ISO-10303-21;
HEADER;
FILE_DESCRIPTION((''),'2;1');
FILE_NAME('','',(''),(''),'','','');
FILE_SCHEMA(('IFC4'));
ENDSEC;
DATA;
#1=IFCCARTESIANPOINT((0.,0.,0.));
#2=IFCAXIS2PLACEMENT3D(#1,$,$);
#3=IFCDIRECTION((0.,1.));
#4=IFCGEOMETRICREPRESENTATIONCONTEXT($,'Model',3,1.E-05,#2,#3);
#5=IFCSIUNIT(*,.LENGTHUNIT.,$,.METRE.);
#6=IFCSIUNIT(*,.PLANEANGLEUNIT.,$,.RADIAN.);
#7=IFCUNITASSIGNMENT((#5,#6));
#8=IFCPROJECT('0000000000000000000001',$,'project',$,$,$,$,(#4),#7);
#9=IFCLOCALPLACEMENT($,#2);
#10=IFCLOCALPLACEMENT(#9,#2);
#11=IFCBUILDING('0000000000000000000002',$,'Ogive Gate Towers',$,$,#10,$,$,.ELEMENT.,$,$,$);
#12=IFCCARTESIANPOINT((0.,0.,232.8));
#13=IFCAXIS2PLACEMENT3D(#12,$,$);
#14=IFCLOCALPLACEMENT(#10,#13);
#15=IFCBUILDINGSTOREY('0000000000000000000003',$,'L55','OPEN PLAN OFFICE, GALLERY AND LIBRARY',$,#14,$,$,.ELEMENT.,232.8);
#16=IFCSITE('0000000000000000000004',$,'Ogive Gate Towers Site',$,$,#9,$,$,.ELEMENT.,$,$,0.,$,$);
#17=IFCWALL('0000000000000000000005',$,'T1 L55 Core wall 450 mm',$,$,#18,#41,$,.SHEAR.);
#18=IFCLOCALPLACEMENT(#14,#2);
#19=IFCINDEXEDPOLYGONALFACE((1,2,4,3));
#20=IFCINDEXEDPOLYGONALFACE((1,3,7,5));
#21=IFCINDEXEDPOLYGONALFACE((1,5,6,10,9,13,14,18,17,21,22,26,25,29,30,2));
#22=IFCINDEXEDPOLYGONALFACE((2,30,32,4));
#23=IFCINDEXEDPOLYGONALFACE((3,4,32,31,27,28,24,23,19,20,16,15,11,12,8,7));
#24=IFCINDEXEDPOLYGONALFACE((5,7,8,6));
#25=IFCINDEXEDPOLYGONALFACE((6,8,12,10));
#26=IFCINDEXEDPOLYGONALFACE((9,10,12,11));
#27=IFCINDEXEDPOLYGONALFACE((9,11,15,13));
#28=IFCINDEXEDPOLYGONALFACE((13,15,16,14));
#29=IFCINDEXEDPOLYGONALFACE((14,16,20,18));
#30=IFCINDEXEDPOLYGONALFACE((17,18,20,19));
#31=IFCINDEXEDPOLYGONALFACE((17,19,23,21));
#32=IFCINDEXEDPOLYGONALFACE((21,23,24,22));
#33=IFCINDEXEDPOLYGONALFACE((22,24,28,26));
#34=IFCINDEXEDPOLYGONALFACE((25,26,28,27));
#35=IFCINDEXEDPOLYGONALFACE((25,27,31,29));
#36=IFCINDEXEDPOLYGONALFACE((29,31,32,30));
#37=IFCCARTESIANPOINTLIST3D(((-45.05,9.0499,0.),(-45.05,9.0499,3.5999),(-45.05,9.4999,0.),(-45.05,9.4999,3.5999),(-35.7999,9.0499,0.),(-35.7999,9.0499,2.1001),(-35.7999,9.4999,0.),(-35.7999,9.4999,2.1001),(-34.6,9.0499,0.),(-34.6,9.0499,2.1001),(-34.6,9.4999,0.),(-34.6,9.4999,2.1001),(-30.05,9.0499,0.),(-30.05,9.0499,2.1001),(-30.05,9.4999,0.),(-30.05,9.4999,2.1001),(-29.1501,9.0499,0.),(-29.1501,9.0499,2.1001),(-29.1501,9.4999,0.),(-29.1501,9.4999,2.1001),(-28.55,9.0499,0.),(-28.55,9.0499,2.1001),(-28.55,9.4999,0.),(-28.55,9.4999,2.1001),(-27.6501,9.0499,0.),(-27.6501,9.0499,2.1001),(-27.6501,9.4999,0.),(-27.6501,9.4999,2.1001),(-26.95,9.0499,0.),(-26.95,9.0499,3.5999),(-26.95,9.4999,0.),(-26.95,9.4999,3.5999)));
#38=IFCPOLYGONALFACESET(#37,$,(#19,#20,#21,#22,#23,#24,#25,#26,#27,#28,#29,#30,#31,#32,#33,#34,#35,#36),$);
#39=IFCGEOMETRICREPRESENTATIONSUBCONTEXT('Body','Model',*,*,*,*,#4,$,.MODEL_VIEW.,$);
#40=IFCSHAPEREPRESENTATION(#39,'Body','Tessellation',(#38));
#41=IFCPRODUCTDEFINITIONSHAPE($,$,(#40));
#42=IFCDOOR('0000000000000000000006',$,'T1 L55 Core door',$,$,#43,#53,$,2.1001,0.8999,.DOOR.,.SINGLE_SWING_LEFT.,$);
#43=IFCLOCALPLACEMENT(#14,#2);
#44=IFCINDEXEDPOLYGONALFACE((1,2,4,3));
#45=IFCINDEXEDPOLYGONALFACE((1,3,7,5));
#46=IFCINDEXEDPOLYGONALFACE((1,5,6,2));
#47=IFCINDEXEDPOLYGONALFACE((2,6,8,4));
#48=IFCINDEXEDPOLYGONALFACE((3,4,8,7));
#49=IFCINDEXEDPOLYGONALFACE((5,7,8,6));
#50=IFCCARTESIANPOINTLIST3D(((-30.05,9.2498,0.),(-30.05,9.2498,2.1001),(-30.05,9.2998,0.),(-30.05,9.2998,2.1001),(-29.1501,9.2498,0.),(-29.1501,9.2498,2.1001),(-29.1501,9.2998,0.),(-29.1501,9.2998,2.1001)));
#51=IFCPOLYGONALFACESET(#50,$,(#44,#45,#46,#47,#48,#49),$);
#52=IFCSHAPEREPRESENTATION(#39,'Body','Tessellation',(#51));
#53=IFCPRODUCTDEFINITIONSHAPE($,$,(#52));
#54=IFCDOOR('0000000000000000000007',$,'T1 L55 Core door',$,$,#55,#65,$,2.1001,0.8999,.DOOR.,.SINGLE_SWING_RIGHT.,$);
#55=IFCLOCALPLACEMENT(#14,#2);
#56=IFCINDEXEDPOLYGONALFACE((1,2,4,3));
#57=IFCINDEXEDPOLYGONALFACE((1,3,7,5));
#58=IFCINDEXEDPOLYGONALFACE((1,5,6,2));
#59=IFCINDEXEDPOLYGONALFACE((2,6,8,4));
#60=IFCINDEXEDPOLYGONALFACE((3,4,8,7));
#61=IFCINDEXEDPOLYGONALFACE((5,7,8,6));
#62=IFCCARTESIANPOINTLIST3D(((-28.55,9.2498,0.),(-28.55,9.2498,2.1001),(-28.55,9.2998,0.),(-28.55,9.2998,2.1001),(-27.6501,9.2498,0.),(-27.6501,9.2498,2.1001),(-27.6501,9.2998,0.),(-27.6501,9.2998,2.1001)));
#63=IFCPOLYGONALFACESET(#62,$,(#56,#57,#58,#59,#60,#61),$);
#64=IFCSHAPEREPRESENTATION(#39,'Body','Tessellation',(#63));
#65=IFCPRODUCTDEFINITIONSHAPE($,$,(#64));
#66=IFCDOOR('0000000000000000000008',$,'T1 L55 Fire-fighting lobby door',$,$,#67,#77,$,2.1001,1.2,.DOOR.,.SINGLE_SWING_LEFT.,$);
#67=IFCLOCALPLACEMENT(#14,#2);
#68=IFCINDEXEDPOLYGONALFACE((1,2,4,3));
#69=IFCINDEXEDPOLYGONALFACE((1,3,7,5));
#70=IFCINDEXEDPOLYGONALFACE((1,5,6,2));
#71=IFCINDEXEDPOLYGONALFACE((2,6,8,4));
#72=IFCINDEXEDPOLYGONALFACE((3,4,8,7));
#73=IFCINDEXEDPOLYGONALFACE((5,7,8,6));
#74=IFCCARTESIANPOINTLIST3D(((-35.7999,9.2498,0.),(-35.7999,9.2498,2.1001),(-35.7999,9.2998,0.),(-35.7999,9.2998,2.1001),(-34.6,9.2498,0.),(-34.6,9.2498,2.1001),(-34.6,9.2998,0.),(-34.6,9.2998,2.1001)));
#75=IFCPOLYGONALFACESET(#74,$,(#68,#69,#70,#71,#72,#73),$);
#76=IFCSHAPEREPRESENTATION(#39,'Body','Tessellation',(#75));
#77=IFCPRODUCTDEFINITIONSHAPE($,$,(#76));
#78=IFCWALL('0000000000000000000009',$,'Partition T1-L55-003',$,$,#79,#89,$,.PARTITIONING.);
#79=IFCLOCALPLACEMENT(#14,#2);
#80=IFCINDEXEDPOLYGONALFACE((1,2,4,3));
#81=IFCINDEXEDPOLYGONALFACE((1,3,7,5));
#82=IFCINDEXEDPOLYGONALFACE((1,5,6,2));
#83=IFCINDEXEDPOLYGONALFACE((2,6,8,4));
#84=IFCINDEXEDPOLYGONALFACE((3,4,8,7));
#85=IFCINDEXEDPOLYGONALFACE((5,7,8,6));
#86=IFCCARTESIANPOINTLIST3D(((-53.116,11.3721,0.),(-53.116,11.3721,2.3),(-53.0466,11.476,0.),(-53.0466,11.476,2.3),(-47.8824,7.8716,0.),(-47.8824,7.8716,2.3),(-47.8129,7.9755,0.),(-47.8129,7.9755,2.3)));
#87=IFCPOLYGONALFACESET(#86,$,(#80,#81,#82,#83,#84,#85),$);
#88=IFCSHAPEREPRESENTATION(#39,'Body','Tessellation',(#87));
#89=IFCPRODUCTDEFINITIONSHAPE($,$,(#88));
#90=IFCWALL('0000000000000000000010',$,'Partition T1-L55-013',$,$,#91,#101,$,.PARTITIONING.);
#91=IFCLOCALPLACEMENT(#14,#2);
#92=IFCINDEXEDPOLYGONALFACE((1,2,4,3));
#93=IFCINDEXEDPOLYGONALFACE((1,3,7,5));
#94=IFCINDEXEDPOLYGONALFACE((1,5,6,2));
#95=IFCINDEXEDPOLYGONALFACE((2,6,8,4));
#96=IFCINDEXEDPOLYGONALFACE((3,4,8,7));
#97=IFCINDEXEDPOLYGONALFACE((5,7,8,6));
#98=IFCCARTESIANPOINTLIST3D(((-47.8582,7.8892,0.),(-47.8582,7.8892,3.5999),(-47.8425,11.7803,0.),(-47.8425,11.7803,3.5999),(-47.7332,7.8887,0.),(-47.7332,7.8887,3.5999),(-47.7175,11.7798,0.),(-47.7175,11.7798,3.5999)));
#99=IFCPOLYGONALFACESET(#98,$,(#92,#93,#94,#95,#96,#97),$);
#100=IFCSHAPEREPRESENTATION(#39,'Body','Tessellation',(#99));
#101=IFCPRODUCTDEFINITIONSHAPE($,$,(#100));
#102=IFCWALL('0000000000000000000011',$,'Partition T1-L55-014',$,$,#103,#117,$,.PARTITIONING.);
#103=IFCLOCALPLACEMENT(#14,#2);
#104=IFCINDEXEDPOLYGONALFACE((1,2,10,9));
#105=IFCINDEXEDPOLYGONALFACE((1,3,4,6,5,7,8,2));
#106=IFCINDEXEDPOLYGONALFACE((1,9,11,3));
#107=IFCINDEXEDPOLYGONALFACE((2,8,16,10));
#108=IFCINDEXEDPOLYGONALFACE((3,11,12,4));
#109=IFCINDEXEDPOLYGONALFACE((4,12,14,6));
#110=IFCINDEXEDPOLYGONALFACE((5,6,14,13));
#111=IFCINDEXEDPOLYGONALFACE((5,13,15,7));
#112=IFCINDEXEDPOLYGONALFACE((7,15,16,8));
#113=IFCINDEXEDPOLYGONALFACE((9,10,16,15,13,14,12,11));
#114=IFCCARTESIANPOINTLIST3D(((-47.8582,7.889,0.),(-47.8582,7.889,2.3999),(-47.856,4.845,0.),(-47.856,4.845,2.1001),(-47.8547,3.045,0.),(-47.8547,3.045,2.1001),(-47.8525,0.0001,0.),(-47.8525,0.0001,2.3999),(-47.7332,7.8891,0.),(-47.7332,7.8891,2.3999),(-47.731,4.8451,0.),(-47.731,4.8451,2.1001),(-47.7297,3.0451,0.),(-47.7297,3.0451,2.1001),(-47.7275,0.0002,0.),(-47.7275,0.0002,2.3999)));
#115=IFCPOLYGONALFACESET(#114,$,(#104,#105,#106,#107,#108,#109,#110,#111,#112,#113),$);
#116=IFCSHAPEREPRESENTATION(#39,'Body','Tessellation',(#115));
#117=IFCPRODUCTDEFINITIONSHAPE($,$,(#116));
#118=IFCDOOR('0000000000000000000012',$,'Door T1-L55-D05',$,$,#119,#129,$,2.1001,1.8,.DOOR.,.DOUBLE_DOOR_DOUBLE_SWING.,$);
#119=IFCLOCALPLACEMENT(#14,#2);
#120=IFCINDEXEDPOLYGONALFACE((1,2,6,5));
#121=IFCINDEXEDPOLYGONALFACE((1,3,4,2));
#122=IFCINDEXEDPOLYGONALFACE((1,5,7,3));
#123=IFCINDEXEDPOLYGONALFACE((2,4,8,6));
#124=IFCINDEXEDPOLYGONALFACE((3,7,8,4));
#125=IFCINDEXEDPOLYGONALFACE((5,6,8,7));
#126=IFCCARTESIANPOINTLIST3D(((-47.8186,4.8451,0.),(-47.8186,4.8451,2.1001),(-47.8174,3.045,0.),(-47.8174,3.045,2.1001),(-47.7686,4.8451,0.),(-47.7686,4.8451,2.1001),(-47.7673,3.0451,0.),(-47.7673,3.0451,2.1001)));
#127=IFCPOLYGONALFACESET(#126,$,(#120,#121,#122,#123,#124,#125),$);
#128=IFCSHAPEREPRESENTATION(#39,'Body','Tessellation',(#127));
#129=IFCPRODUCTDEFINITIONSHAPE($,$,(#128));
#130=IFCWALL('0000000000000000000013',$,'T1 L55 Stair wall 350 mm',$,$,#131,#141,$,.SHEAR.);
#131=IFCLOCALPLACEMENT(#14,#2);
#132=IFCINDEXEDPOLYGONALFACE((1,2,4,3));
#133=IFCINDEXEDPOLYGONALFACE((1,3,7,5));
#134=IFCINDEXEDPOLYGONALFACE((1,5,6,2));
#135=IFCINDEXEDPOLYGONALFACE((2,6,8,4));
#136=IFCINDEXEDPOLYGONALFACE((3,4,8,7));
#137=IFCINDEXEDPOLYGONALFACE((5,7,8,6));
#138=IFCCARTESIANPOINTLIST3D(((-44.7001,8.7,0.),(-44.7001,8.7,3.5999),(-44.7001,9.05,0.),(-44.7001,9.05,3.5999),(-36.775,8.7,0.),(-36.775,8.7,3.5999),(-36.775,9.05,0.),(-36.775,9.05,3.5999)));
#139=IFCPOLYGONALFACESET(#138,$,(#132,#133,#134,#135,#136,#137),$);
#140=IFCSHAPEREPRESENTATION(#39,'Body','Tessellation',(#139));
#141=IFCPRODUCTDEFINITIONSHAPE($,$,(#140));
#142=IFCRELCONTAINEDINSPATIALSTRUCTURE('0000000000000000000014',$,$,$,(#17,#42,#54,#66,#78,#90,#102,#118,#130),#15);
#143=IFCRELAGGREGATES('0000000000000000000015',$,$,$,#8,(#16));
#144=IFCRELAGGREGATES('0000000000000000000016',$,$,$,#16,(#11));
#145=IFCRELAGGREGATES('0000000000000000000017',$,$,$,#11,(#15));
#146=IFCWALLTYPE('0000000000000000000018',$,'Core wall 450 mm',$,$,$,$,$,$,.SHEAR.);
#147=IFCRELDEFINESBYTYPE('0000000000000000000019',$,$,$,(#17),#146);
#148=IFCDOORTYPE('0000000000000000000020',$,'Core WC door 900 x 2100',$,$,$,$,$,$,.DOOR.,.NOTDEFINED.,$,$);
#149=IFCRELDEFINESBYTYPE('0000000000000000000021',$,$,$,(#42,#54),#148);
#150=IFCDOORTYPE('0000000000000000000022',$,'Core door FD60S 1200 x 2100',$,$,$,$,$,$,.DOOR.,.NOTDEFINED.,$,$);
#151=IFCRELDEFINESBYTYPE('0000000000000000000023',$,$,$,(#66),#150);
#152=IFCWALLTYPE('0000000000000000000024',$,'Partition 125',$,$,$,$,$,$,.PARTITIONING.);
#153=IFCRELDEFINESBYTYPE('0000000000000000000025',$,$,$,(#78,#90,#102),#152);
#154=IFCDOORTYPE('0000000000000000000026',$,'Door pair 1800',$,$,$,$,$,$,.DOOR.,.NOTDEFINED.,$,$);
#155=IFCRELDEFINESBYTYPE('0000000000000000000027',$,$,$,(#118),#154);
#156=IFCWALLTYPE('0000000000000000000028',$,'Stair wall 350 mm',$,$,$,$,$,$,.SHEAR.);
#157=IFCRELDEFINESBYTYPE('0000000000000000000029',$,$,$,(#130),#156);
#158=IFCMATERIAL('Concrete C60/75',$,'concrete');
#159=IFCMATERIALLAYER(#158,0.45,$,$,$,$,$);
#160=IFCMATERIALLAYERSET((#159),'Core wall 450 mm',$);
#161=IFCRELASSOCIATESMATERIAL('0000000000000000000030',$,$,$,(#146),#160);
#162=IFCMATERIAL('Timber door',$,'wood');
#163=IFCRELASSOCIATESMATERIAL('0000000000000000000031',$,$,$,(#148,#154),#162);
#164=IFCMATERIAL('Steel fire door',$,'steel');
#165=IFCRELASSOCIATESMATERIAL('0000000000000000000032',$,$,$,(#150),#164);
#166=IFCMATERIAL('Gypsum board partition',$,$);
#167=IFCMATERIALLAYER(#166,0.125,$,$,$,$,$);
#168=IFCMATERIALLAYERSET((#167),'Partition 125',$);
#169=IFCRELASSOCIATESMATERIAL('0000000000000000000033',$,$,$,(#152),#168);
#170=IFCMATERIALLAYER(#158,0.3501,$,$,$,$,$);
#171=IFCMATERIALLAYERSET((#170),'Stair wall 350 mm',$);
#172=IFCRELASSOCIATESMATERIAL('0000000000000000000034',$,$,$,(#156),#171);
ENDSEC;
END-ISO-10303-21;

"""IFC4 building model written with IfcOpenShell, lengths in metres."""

from ifc_helpers import new_model, si_unit, direction, frame, frame_2d, origin, place, context, subcontext, project, spatial, rectangle, extrude, material, layer, layer_set, type_object, element, fill, save


model = new_model("IFC4")

# Units and contexts
model_context = context("Model", 3, precision=1e-05, world=origin(), true_north=direction((0.0, 1.0)))
body_context = subcontext(model_context, "Body", "Model", "MODEL_VIEW")
ifc_project = project(units=[si_unit("LENGTHUNIT", "METRE"), si_unit("PLANEANGLEUNIT", "RADIAN")], contexts=[model_context])

# Site, building, storey
site_placement = place(None, origin())
site = spatial("IfcSite", under=ifc_project, at=site_placement, Name="Ogive Gate Towers Site", CompositionType="ELEMENT", RefElevation=0.0)
building_placement = place(site_placement, origin())
building = spatial("IfcBuilding", under=site, at=building_placement, Name="Ogive Gate Towers", CompositionType="ELEMENT")
storey_placement = place(building_placement, frame((0.0, 0.0, 232.8)))
storey = spatial("IfcBuildingStorey", under=building, at=storey_placement, Name="L55", Description="OPEN PLAN OFFICE, GALLERY AND LIBRARY", CompositionType="ELEMENT", Elevation=232.8)

# Wall, openings, doors
ifc_material_1 = material(Name="Concrete C60/75", Category="concrete")
ifc_layer_1 = layer(ifc_material_1, 0.45)
ifc_layer_set_1 = layer_set([ifc_layer_1], Name="Core wall 450 mm")
wall_type_1 = type_object("IfcWallType", Name="Core wall 450 mm", PredefinedType="SHEAR", material=ifc_layer_set_1)
wall_1_placement = place(storey_placement, frame((-45.05, 9.2749, 0.0), z_axis=(0.0, 0.0, 1.0), x_axis=(1.0, 0.0, 0.0)))
wall_1 = element("IfcWall", 1, at=wall_1_placement, inside=storey, type_object=wall_type_1, Name="T1 L55 Core wall 450 mm", PredefinedType="SHEAR", context=body_context, shape_type="SweptSolid", body=[
    extrude(rectangle(XDim=18.1001, YDim=0.45, at=frame_2d((9.05, 0.0))), origin(), (0.0, 0.0, 1.0), 3.5999),
])
opening_1_placement = place(wall_1_placement, frame((9.25, 0.0, 0.0)))
opening_1 = element("IfcOpeningElement", 2, at=opening_1_placement, cuts=wall_1, PredefinedType="OPENING", context=body_context, shape_type="SweptSolid", body=[
    extrude(rectangle(XDim=1.2, YDim=2.1001, at=frame_2d((0.6001, 1.05))), frame((0.0, 0.2349, 0.0), z_axis=(0.0, -1.0, 0.0), x_axis=(1.0, 0.0, 0.0)), (0.0, 0.0, 1.0), 0.47),
])
opening_2_placement = place(wall_1_placement, frame((15.0, 0.0, 0.0)))
opening_2 = element("IfcOpeningElement", 3, at=opening_2_placement, cuts=wall_1, PredefinedType="OPENING", context=body_context, shape_type="SweptSolid", body=[
    extrude(rectangle(XDim=0.8999, YDim=2.1001, at=frame_2d((0.45, 1.05))), frame((0.0, 0.2349, 0.0), z_axis=(0.0, -1.0, 0.0), x_axis=(1.0, 0.0, 0.0)), (0.0, 0.0, 1.0), 0.47),
])
opening_3_placement = place(wall_1_placement, frame((16.5, 0.0, 0.0)))
opening_3 = element("IfcOpeningElement", 4, at=opening_3_placement, cuts=wall_1, PredefinedType="OPENING", context=body_context, shape_type="SweptSolid", body=[
    extrude(rectangle(XDim=0.8999, YDim=2.1001, at=frame_2d((0.45, 1.05))), frame((0.0, 0.2349, 0.0), z_axis=(0.0, -1.0, 0.0), x_axis=(1.0, 0.0, 0.0)), (0.0, 0.0, 1.0), 0.47),
])
ifc_material_2 = material(Name="Timber door", Category="wood")
door_type_1 = type_object("IfcDoorType", Name="Core WC door 900 x 2100", OperationType="NOTDEFINED", PredefinedType="DOOR", material=ifc_material_2)
door_1_placement = place(opening_2_placement, origin())
door_1 = element("IfcDoor", 5, at=door_1_placement, inside=storey, type_object=door_type_1, Name="T1 L55 Core door", OperationType="SINGLE_SWING_LEFT", OverallHeight=2.1001, OverallWidth=0.8999, PredefinedType="DOOR", context=body_context, shape_type="SweptSolid", body=[
    extrude(rectangle(XDim=0.8999, YDim=2.1001, at=frame_2d((0.45, 1.05))), frame((0.0, 0.0249, 0.0), z_axis=(0.0, -1.0, 0.0), x_axis=(1.0, 0.0, 0.0)), (0.0, 0.0, 1.0), 0.05),
])
fill(opening_2, door_1)
door_2_placement = place(opening_3_placement, origin())
door_2 = element("IfcDoor", 6, at=door_2_placement, inside=storey, type_object=door_type_1, Name="T1 L55 Core door", OperationType="SINGLE_SWING_RIGHT", OverallHeight=2.1001, OverallWidth=0.8999, PredefinedType="DOOR", context=body_context, shape_type="SweptSolid", body=[
    extrude(rectangle(XDim=0.8999, YDim=2.1001, at=frame_2d((0.45, 1.05))), frame((0.0, 0.0249, 0.0), z_axis=(0.0, -1.0, 0.0), x_axis=(1.0, 0.0, 0.0)), (0.0, 0.0, 1.0), 0.05),
])
fill(opening_3, door_2)
ifc_material_3 = material(Name="Steel fire door", Category="steel")
door_type_2 = type_object("IfcDoorType", Name="Core door FD60S 1200 x 2100", OperationType="NOTDEFINED", PredefinedType="DOOR", material=ifc_material_3)
door_3_placement = place(opening_1_placement, origin())
door_3 = element("IfcDoor", 7, at=door_3_placement, inside=storey, type_object=door_type_2, Name="T1 L55 Fire-fighting lobby door", OperationType="SINGLE_SWING_LEFT", OverallHeight=2.1001, OverallWidth=1.2, PredefinedType="DOOR", context=body_context, shape_type="SweptSolid", body=[
    extrude(rectangle(XDim=1.2, YDim=2.1001, at=frame_2d((0.6001, 1.05))), frame((0.0, 0.0249, 0.0), z_axis=(0.0, -1.0, 0.0), x_axis=(1.0, 0.0, 0.0)), (0.0, 0.0, 1.0), 0.05),
])
fill(opening_1, door_3)

# Walls
ifc_material_4 = material(Name="Gypsum board partition")
ifc_layer_2 = layer(ifc_material_4, 0.125)
ifc_layer_set_2 = layer_set([ifc_layer_2], Name="Partition 125")
wall_type_2 = type_object("IfcWallType", Name="Partition 125", PredefinedType="PARTITIONING", material=ifc_layer_set_2)
wall_2_placement = place(storey_placement, frame((-53.0813, 11.4241, 0.0), z_axis=(0.0, 0.0, 1.0), x_axis=(0.831214, -0.555952, 0.0)))
element("IfcWall", 8, at=wall_2_placement, inside=storey, type_object=wall_type_2, Name="Partition T1-L55-003", PredefinedType="PARTITIONING", context=body_context, shape_type="SweptSolid", body=[
    extrude(rectangle(XDim=6.2964, YDim=0.125, at=frame_2d((3.1482, 0.0))), origin(), (0.0, 0.0, 1.0), 2.3),
])
wall_3_placement = place(storey_placement, frame((-47.78, 11.78, 0.0), z_axis=(0.0, 0.0, 1.0), x_axis=(-0.004016, -0.999992, 0.0)))
element("IfcWall", 9, at=wall_3_placement, inside=storey, type_object=wall_type_2, Name="Partition T1-L55-013", PredefinedType="PARTITIONING", context=body_context, shape_type="SweptSolid", body=[
    extrude(rectangle(XDim=3.8911, YDim=0.125, at=frame_2d((1.9456, 0.0))), origin(), (0.0, 0.0, 1.0), 3.5999),
])

# Wall, opening, door
wall_4_placement = place(storey_placement, frame((-47.7957, 7.8889, 0.0), z_axis=(0.0, 0.0, 1.0), x_axis=(0.000712, -1.0, 0.0)))
wall_4 = element("IfcWall", 10, at=wall_4_placement, inside=storey, type_object=wall_type_2, Name="Partition T1-L55-014", PredefinedType="PARTITIONING", context=body_context, shape_type="SweptSolid", body=[
    extrude(rectangle(XDim=7.8889, YDim=0.125, at=frame_2d((3.9443, 0.0))), origin(), (0.0, 0.0, 1.0), 2.3999),
])
opening_4_placement = place(wall_4_placement, frame((3.0439, 0.0, 0.0)))
opening_4 = element("IfcOpeningElement", 11, at=opening_4_placement, cuts=wall_4, PredefinedType="OPENING", context=body_context, shape_type="SweptSolid", body=[
    extrude(rectangle(XDim=1.8, YDim=2.1001, at=frame_2d((0.8999, 1.05))), frame((0.0, 0.0725, 0.0), z_axis=(0.0, -1.0, 0.0), x_axis=(1.0, 0.0, 0.0)), (0.0, 0.0, 1.0), 0.145),
])
door_type_3 = type_object("IfcDoorType", Name="Door pair 1800", OperationType="NOTDEFINED", PredefinedType="DOOR", material=ifc_material_2)
door_4_placement = place(opening_4_placement, origin())
door_4 = element("IfcDoor", 12, at=door_4_placement, inside=storey, type_object=door_type_3, Name="Door T1-L55-D05", OperationType="DOUBLE_DOOR_DOUBLE_SWING", OverallHeight=2.1001, OverallWidth=1.8, PredefinedType="DOOR", context=body_context, shape_type="SweptSolid", body=[
    extrude(rectangle(XDim=1.8, YDim=2.1001, at=frame_2d((0.8999, 1.05))), frame((0.0, 0.0249, 0.0), z_axis=(0.0, -1.0, 0.0), x_axis=(1.0, 0.0, 0.0)), (0.0, 0.0, 1.0), 0.05),
])
fill(opening_4, door_4)

# Wall
ifc_layer_3 = layer(ifc_material_1, 0.3501)
ifc_layer_set_3 = layer_set([ifc_layer_3], Name="Stair wall 350 mm")
wall_type_3 = type_object("IfcWallType", Name="Stair wall 350 mm", PredefinedType="SHEAR", material=ifc_layer_set_3)
wall_5_placement = place(storey_placement, frame((-44.7, 8.875, 0.0), z_axis=(0.0, 0.0, 1.0), x_axis=(1.0, 0.0, 0.0)))
element("IfcWall", 13, at=wall_5_placement, inside=storey, type_object=wall_type_3, Name="T1 L55 Stair wall 350 mm", PredefinedType="SHEAR", context=body_context, shape_type="SweptSolid", body=[
    extrude(rectangle(XDim=7.925, YDim=0.3501, at=frame_2d((3.9624, 0.0))), origin(), (0.0, 0.0, 1.0), 3.5999),
])

save(model, "model.ifc")
